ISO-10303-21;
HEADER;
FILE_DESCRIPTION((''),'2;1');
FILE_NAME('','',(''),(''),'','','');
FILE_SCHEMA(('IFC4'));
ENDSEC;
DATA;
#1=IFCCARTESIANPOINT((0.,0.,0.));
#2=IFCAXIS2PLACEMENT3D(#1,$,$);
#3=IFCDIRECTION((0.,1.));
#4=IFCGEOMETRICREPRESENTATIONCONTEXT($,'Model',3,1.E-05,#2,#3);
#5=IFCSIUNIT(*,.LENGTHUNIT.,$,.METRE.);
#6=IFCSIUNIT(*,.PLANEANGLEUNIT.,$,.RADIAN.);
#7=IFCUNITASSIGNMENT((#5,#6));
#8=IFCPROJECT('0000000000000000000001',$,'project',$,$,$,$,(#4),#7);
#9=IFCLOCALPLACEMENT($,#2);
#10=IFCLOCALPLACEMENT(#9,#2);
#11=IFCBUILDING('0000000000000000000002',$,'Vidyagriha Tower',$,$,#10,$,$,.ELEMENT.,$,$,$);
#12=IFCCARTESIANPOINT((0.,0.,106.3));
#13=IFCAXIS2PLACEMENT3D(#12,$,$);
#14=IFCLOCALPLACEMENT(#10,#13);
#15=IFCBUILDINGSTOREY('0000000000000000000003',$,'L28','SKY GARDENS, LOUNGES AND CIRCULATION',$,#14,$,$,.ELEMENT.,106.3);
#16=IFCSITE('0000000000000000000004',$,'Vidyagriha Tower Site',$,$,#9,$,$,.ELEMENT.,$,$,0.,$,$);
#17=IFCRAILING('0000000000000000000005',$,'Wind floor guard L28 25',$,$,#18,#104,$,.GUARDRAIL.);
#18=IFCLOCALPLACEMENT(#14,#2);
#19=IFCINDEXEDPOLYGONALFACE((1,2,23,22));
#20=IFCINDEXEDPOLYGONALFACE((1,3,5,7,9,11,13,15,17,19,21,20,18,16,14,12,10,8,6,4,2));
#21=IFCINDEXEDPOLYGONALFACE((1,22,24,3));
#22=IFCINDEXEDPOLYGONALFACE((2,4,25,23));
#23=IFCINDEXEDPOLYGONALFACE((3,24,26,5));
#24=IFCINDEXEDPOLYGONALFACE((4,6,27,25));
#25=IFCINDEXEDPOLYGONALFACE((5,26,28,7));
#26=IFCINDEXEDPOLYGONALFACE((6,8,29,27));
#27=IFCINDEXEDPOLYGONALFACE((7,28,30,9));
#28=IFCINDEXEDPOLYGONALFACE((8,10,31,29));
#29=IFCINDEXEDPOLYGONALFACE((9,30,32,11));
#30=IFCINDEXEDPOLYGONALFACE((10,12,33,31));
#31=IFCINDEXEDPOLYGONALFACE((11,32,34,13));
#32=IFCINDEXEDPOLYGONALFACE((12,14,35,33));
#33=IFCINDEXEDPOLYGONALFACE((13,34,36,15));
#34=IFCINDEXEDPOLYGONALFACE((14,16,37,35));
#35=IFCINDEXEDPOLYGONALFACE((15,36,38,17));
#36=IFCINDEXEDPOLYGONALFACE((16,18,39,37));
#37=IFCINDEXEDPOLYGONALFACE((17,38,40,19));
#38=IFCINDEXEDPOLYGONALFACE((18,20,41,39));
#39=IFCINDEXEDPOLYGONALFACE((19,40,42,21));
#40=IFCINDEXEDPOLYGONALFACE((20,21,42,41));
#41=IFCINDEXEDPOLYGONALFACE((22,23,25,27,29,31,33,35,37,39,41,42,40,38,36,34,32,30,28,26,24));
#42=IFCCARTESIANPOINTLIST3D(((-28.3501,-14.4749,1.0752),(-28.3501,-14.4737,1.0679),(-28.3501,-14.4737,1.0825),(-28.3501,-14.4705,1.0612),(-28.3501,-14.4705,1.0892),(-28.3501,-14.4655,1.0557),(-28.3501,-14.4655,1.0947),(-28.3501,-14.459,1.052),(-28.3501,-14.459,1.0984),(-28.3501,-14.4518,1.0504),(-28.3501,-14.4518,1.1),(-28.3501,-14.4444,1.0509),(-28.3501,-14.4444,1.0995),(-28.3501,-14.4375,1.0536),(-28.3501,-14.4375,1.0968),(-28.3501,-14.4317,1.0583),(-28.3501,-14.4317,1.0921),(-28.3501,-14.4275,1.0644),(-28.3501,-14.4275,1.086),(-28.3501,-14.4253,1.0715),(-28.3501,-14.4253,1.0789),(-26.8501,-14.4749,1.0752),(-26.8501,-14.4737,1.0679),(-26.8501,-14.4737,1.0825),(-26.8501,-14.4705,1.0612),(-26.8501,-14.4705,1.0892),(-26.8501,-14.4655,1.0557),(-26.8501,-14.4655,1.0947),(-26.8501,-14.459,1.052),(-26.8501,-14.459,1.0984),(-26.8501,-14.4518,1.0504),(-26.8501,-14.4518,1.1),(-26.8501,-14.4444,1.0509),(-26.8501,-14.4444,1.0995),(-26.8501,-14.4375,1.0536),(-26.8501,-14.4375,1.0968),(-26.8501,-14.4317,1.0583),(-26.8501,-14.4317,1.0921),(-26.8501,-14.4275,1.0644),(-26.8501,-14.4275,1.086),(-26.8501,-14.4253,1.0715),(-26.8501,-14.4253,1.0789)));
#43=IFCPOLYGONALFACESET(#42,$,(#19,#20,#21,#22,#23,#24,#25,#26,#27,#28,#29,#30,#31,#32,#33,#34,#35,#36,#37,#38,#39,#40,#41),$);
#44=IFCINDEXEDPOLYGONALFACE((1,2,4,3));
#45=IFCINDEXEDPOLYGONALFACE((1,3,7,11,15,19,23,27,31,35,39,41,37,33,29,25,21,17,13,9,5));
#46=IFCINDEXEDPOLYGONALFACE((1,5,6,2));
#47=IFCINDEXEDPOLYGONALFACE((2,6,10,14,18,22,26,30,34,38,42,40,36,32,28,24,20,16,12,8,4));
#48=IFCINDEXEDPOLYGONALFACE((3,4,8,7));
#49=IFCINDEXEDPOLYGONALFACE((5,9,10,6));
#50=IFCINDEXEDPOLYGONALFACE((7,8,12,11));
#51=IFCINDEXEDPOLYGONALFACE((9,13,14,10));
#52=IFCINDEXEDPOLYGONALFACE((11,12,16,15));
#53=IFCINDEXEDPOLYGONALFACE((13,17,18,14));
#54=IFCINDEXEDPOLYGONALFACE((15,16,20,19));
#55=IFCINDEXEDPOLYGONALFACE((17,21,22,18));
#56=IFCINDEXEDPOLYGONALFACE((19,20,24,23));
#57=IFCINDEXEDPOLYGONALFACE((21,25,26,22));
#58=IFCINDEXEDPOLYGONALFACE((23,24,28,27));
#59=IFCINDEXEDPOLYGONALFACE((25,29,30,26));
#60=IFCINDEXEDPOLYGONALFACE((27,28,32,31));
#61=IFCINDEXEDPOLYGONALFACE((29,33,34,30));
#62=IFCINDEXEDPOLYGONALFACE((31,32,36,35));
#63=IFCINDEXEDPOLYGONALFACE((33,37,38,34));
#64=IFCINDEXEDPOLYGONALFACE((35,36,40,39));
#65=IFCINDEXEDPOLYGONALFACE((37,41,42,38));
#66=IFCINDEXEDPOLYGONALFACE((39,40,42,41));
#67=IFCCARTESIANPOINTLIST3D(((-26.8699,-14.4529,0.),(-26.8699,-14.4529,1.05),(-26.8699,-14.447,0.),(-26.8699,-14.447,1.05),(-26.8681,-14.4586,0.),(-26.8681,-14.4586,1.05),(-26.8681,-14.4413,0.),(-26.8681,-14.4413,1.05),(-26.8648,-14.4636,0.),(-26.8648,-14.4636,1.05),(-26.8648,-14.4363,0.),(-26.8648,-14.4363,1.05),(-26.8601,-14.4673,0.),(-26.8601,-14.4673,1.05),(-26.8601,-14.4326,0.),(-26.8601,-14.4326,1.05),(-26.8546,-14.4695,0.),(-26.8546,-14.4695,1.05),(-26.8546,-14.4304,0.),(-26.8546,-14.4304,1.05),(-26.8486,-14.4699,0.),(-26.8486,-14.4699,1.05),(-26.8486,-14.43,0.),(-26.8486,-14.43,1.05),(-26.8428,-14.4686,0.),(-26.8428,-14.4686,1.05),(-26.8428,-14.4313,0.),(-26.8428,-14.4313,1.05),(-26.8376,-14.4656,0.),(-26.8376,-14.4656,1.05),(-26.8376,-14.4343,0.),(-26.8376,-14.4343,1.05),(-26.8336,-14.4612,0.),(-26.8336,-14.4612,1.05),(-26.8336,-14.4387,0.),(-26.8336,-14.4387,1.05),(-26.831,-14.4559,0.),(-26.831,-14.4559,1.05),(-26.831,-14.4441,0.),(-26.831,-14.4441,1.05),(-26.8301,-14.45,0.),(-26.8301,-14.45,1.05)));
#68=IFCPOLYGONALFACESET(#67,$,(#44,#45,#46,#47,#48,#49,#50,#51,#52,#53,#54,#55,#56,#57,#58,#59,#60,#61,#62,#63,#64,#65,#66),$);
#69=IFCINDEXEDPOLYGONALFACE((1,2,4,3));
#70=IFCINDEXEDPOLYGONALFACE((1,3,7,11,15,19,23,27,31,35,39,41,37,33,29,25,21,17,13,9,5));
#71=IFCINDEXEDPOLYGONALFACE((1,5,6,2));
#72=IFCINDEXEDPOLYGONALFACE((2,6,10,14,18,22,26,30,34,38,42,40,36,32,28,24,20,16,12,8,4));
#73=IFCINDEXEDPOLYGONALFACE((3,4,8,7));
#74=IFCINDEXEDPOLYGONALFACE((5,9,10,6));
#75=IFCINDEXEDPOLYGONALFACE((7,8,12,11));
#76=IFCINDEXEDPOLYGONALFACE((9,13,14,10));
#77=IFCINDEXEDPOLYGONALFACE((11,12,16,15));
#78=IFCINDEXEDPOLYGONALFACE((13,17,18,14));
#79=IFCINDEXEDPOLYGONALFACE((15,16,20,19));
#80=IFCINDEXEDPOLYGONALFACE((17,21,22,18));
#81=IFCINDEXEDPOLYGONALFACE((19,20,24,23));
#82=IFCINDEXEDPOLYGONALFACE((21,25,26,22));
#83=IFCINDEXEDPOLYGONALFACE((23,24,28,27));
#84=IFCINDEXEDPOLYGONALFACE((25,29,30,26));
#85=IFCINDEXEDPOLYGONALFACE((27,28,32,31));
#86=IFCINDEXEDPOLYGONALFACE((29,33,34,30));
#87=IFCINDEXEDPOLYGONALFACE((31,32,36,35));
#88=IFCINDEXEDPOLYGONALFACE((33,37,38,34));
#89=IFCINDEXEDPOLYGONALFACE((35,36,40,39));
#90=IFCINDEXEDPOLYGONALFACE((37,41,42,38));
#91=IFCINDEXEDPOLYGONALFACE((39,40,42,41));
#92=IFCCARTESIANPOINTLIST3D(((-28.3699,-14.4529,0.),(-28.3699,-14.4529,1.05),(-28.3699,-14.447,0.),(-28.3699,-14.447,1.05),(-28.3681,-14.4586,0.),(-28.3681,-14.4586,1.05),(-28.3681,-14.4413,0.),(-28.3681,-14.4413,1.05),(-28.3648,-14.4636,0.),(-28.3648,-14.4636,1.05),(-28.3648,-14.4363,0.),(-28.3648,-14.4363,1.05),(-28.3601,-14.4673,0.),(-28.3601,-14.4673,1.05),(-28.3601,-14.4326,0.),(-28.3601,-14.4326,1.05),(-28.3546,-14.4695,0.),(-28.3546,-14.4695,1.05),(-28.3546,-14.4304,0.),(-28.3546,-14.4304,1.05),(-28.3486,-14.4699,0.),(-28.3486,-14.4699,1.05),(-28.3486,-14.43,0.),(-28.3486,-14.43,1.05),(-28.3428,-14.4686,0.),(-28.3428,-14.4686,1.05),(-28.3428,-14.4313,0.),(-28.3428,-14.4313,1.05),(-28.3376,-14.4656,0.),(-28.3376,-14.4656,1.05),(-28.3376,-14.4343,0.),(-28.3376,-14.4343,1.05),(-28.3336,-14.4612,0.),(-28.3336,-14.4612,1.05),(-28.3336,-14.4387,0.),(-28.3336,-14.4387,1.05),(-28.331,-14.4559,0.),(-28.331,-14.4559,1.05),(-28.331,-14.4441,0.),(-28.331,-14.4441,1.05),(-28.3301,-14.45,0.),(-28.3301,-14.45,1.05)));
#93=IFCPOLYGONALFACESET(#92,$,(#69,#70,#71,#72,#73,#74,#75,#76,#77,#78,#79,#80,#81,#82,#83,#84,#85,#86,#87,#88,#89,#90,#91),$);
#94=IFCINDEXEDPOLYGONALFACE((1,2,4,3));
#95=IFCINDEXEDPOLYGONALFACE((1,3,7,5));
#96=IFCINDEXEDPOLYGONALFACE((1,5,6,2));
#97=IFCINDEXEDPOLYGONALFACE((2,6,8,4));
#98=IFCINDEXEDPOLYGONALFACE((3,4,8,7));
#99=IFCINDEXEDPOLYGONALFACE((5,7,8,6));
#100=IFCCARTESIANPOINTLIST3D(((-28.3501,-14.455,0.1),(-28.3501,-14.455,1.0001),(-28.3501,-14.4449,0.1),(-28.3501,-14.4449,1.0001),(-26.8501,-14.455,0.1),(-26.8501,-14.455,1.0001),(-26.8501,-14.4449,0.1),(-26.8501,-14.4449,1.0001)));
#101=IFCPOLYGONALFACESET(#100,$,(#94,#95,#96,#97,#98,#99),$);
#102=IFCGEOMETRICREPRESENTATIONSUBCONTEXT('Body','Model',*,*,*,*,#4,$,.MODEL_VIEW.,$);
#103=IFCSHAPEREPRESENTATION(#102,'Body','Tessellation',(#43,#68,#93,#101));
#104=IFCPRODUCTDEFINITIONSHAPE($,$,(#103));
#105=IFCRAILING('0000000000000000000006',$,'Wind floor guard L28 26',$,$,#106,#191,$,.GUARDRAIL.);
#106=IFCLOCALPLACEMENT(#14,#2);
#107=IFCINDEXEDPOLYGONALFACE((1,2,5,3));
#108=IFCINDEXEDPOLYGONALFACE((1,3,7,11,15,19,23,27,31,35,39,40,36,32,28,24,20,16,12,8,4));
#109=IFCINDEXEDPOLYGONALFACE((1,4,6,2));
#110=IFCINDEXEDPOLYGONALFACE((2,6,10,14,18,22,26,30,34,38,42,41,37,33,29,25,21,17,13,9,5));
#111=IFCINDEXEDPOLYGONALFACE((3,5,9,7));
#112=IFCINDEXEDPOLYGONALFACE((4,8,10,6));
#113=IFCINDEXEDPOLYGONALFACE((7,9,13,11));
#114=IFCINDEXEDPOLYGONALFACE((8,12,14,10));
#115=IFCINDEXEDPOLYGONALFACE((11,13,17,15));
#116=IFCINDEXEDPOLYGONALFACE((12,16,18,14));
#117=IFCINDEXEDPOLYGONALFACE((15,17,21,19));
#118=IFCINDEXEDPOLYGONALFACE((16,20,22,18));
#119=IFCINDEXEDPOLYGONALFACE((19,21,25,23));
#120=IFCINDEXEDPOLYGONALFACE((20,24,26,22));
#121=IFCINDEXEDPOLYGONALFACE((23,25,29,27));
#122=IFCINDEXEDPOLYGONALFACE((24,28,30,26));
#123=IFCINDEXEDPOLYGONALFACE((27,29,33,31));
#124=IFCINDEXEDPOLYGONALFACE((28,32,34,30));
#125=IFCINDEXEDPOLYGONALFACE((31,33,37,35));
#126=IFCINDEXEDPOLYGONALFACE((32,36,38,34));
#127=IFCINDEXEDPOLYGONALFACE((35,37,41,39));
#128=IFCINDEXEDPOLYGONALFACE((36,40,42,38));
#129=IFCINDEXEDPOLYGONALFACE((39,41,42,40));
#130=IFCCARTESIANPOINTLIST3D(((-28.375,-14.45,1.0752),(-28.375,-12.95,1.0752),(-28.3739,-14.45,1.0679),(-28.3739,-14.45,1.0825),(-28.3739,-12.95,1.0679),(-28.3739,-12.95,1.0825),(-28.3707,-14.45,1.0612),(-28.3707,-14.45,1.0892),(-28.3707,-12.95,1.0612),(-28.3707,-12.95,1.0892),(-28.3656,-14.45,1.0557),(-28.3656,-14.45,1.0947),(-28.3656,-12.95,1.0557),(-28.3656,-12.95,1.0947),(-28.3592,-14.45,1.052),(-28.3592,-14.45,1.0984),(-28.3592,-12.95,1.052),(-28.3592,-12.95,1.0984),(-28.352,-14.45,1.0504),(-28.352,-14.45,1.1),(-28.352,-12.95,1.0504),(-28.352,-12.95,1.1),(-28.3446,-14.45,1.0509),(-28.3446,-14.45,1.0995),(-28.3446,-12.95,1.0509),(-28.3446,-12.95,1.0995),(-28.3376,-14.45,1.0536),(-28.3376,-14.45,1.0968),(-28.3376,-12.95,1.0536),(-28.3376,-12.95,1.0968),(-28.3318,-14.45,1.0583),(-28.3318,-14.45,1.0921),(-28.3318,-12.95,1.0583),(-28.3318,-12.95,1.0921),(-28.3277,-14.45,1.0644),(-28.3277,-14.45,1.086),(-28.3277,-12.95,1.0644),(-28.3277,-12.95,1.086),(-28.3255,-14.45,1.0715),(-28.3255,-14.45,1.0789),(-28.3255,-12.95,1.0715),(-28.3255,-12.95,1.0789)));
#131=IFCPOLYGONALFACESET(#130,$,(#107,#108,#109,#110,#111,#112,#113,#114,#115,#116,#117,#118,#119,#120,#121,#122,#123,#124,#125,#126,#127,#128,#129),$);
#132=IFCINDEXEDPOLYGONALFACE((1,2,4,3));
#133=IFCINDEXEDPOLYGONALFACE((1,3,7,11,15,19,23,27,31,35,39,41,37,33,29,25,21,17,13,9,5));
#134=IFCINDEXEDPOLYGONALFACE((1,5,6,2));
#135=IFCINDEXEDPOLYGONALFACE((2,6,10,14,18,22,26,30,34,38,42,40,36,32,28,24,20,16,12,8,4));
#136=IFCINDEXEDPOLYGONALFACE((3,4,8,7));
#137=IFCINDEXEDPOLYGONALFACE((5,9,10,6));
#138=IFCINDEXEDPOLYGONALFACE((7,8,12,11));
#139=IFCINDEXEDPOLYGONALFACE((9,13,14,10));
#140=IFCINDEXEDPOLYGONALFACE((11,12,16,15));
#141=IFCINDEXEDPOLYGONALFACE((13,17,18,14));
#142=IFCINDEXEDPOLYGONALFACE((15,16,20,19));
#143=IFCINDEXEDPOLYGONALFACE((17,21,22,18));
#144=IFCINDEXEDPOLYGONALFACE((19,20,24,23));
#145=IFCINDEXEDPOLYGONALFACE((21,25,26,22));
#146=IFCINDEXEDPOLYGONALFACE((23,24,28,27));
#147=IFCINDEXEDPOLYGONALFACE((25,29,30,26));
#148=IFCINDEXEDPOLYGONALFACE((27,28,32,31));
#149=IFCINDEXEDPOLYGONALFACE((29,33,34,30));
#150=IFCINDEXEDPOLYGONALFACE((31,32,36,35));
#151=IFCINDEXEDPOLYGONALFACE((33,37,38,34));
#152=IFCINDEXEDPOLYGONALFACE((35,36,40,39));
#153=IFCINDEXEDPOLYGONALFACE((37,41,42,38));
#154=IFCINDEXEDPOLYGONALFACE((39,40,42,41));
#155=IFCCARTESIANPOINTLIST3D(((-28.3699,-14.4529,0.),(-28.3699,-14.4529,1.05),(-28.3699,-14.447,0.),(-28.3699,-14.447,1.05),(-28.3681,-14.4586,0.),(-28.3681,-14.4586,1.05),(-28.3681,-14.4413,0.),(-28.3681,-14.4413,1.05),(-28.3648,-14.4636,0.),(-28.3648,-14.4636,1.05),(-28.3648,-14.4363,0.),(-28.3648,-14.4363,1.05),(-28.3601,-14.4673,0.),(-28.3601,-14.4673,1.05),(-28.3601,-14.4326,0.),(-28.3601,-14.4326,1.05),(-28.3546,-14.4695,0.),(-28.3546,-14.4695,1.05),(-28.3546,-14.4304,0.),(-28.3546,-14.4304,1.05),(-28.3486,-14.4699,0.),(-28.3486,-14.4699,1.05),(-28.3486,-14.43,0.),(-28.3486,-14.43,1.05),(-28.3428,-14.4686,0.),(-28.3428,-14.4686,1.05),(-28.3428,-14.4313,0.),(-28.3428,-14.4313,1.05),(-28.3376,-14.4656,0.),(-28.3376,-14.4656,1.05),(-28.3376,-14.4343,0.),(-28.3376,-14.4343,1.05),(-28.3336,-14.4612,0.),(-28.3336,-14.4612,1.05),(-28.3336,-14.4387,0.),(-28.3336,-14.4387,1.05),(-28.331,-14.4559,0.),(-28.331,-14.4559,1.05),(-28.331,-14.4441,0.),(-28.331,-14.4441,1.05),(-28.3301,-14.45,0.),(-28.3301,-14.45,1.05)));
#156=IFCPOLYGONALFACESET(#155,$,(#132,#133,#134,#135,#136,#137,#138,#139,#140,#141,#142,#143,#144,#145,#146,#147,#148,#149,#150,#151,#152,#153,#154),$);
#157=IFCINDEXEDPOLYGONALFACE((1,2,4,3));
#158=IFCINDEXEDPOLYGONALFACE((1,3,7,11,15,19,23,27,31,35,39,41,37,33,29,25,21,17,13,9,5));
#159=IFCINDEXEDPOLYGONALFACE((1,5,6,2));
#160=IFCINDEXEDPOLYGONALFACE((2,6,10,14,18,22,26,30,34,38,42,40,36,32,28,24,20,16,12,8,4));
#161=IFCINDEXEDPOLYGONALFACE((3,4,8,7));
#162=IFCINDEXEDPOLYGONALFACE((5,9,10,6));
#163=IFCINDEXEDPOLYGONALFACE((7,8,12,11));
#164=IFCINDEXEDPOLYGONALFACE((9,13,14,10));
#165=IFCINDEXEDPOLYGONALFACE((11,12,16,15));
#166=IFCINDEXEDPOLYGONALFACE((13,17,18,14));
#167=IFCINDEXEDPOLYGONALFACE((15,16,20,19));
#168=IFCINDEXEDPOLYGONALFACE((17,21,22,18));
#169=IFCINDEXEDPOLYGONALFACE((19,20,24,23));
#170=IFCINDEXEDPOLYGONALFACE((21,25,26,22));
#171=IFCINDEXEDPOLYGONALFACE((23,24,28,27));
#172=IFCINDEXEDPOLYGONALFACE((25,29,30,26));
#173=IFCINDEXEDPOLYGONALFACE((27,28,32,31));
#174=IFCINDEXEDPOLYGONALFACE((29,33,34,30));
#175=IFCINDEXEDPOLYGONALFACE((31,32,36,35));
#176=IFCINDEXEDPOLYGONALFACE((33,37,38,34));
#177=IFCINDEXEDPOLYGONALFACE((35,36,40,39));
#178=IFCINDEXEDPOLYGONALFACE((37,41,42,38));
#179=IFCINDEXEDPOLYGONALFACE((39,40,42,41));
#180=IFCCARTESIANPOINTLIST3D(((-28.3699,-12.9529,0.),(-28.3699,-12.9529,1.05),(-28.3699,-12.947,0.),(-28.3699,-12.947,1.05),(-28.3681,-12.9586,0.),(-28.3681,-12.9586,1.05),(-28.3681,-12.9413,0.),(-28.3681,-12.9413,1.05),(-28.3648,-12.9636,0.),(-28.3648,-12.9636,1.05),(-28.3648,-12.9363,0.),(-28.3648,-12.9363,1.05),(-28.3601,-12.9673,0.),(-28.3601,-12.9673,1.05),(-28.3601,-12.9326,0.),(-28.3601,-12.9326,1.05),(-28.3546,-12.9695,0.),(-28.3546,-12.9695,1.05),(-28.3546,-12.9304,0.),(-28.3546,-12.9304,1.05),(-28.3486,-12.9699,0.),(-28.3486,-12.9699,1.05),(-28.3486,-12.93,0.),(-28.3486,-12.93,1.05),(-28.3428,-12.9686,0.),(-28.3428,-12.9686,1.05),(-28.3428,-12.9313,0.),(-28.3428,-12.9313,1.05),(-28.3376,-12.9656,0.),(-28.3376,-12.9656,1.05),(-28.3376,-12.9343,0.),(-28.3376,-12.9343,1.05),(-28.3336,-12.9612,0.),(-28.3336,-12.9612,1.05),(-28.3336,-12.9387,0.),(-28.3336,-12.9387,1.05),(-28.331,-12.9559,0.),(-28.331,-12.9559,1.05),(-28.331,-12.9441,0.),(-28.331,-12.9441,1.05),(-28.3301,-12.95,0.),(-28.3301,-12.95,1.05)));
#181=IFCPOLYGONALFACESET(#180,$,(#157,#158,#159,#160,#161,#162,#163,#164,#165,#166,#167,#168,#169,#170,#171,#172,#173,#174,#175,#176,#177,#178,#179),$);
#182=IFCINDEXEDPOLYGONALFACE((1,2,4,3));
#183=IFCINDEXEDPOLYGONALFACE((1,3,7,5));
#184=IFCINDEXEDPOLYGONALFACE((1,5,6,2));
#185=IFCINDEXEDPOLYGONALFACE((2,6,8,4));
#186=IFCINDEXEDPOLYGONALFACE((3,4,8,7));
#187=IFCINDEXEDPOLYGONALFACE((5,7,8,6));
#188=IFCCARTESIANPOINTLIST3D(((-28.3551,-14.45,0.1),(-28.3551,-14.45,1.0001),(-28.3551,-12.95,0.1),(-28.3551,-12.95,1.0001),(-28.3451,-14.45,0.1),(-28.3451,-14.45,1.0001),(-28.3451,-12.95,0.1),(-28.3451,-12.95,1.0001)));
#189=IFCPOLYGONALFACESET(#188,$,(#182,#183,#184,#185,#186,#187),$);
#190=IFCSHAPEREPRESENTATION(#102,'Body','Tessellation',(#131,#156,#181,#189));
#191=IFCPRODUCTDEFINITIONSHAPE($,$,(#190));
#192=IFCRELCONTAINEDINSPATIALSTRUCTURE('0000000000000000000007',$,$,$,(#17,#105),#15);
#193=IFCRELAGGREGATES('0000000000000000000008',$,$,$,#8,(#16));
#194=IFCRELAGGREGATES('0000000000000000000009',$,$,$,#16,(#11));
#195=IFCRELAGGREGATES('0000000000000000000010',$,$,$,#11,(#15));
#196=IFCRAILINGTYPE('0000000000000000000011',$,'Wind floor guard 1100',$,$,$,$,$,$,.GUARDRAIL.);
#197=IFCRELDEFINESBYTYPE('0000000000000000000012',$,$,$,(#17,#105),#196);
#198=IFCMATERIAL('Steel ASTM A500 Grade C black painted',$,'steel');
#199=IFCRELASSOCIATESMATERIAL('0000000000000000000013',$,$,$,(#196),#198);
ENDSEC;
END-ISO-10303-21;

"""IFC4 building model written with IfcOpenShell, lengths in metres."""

from ifc_helpers import new_model, si_unit, direction, frame, origin, origin_2d, place, context, subcontext, project, spatial, rectangle, circle, extrude, material, type_object, element, save


model = new_model("IFC4")

# Units and contexts
model_context = context("Model", 3, precision=1e-05, world=origin(), true_north=direction((0.0, 1.0)))
body_context = subcontext(model_context, "Body", "Model", "MODEL_VIEW")
ifc_project = project(units=[si_unit("LENGTHUNIT", "METRE"), si_unit("PLANEANGLEUNIT", "RADIAN")], contexts=[model_context])

# Site, building, storey
site_placement = place(None, origin())
site = spatial("IfcSite", under=ifc_project, at=site_placement, Name="Vidyagriha Tower Site", CompositionType="ELEMENT", RefElevation=0.0)
building_placement = place(site_placement, origin())
building = spatial("IfcBuilding", under=site, at=building_placement, Name="Vidyagriha Tower", CompositionType="ELEMENT")
storey_placement = place(building_placement, frame((0.0, 0.0, 106.3)))
storey = spatial("IfcBuildingStorey", under=building, at=storey_placement, Name="L28", Description="SKY GARDENS, LOUNGES AND CIRCULATION", CompositionType="ELEMENT", Elevation=106.3)

# Railings
ifc_material_1 = material(Name="Steel ASTM A500 Grade C black painted", Category="steel")
railing_type = type_object("IfcRailingType", Name="Wind floor guard 1100", PredefinedType="GUARDRAIL", material=ifc_material_1)
railing_1_placement = place(storey_placement, frame((-26.8501, -14.45, 0.0)))
element("IfcRailing", 1, at=railing_1_placement, inside=storey, type_object=railing_type, Name="Wind floor guard L28 25", PredefinedType="GUARDRAIL", context=body_context, shape_type="SweptSolid", body=[
    extrude(circle(Radius=0.0249, at=origin_2d()), frame((0.0, 0.0, 1.0752), z_axis=(-1.0, 0.0, 0.0), x_axis=(0.0, -1.0, 0.0)), (0.0, 0.0, 1.0), 1.5),
    extrude(circle(Radius=0.02, at=origin_2d()), origin(), (0.0, 0.0, 1.0), 1.05),
    extrude(circle(Radius=0.02, at=origin_2d()), frame((-1.5, 0.0, 0.0)), (0.0, 0.0, 1.0), 1.05),
    extrude(rectangle(XDim=0.01, YDim=0.9001, at=origin_2d()), frame((0.0, 0.0, 0.55), z_axis=(-1.0, 0.0, 0.0), x_axis=(0.0, -1.0, 0.0)), (0.0, 0.0, 1.0), 1.5),
])
railing_2_placement = place(storey_placement, frame((-28.3501, -14.45, 0.0)))
element("IfcRailing", 2, at=railing_2_placement, inside=storey, type_object=railing_type, Name="Wind floor guard L28 26", PredefinedType="GUARDRAIL", context=body_context, shape_type="SweptSolid", body=[
    extrude(circle(Radius=0.0249, at=origin_2d()), frame((0.0, 0.0, 1.0752), z_axis=(0.0, 1.0, 0.0), x_axis=(-1.0, 0.0, 0.0)), (0.0, 0.0, 1.0), 1.5),
    extrude(circle(Radius=0.02, at=origin_2d()), origin(), (0.0, 0.0, 1.0), 1.05),
    extrude(circle(Radius=0.02, at=origin_2d()), frame((0.0, 1.5, 0.0)), (0.0, 0.0, 1.0), 1.05),
    extrude(rectangle(XDim=0.01, YDim=0.9001, at=origin_2d()), frame((0.0, 0.0, 0.55), z_axis=(0.0, 1.0, 0.0), x_axis=(-1.0, 0.0, 0.0)), (0.0, 0.0, 1.0), 1.5),
])

save(model, "model.ifc")
